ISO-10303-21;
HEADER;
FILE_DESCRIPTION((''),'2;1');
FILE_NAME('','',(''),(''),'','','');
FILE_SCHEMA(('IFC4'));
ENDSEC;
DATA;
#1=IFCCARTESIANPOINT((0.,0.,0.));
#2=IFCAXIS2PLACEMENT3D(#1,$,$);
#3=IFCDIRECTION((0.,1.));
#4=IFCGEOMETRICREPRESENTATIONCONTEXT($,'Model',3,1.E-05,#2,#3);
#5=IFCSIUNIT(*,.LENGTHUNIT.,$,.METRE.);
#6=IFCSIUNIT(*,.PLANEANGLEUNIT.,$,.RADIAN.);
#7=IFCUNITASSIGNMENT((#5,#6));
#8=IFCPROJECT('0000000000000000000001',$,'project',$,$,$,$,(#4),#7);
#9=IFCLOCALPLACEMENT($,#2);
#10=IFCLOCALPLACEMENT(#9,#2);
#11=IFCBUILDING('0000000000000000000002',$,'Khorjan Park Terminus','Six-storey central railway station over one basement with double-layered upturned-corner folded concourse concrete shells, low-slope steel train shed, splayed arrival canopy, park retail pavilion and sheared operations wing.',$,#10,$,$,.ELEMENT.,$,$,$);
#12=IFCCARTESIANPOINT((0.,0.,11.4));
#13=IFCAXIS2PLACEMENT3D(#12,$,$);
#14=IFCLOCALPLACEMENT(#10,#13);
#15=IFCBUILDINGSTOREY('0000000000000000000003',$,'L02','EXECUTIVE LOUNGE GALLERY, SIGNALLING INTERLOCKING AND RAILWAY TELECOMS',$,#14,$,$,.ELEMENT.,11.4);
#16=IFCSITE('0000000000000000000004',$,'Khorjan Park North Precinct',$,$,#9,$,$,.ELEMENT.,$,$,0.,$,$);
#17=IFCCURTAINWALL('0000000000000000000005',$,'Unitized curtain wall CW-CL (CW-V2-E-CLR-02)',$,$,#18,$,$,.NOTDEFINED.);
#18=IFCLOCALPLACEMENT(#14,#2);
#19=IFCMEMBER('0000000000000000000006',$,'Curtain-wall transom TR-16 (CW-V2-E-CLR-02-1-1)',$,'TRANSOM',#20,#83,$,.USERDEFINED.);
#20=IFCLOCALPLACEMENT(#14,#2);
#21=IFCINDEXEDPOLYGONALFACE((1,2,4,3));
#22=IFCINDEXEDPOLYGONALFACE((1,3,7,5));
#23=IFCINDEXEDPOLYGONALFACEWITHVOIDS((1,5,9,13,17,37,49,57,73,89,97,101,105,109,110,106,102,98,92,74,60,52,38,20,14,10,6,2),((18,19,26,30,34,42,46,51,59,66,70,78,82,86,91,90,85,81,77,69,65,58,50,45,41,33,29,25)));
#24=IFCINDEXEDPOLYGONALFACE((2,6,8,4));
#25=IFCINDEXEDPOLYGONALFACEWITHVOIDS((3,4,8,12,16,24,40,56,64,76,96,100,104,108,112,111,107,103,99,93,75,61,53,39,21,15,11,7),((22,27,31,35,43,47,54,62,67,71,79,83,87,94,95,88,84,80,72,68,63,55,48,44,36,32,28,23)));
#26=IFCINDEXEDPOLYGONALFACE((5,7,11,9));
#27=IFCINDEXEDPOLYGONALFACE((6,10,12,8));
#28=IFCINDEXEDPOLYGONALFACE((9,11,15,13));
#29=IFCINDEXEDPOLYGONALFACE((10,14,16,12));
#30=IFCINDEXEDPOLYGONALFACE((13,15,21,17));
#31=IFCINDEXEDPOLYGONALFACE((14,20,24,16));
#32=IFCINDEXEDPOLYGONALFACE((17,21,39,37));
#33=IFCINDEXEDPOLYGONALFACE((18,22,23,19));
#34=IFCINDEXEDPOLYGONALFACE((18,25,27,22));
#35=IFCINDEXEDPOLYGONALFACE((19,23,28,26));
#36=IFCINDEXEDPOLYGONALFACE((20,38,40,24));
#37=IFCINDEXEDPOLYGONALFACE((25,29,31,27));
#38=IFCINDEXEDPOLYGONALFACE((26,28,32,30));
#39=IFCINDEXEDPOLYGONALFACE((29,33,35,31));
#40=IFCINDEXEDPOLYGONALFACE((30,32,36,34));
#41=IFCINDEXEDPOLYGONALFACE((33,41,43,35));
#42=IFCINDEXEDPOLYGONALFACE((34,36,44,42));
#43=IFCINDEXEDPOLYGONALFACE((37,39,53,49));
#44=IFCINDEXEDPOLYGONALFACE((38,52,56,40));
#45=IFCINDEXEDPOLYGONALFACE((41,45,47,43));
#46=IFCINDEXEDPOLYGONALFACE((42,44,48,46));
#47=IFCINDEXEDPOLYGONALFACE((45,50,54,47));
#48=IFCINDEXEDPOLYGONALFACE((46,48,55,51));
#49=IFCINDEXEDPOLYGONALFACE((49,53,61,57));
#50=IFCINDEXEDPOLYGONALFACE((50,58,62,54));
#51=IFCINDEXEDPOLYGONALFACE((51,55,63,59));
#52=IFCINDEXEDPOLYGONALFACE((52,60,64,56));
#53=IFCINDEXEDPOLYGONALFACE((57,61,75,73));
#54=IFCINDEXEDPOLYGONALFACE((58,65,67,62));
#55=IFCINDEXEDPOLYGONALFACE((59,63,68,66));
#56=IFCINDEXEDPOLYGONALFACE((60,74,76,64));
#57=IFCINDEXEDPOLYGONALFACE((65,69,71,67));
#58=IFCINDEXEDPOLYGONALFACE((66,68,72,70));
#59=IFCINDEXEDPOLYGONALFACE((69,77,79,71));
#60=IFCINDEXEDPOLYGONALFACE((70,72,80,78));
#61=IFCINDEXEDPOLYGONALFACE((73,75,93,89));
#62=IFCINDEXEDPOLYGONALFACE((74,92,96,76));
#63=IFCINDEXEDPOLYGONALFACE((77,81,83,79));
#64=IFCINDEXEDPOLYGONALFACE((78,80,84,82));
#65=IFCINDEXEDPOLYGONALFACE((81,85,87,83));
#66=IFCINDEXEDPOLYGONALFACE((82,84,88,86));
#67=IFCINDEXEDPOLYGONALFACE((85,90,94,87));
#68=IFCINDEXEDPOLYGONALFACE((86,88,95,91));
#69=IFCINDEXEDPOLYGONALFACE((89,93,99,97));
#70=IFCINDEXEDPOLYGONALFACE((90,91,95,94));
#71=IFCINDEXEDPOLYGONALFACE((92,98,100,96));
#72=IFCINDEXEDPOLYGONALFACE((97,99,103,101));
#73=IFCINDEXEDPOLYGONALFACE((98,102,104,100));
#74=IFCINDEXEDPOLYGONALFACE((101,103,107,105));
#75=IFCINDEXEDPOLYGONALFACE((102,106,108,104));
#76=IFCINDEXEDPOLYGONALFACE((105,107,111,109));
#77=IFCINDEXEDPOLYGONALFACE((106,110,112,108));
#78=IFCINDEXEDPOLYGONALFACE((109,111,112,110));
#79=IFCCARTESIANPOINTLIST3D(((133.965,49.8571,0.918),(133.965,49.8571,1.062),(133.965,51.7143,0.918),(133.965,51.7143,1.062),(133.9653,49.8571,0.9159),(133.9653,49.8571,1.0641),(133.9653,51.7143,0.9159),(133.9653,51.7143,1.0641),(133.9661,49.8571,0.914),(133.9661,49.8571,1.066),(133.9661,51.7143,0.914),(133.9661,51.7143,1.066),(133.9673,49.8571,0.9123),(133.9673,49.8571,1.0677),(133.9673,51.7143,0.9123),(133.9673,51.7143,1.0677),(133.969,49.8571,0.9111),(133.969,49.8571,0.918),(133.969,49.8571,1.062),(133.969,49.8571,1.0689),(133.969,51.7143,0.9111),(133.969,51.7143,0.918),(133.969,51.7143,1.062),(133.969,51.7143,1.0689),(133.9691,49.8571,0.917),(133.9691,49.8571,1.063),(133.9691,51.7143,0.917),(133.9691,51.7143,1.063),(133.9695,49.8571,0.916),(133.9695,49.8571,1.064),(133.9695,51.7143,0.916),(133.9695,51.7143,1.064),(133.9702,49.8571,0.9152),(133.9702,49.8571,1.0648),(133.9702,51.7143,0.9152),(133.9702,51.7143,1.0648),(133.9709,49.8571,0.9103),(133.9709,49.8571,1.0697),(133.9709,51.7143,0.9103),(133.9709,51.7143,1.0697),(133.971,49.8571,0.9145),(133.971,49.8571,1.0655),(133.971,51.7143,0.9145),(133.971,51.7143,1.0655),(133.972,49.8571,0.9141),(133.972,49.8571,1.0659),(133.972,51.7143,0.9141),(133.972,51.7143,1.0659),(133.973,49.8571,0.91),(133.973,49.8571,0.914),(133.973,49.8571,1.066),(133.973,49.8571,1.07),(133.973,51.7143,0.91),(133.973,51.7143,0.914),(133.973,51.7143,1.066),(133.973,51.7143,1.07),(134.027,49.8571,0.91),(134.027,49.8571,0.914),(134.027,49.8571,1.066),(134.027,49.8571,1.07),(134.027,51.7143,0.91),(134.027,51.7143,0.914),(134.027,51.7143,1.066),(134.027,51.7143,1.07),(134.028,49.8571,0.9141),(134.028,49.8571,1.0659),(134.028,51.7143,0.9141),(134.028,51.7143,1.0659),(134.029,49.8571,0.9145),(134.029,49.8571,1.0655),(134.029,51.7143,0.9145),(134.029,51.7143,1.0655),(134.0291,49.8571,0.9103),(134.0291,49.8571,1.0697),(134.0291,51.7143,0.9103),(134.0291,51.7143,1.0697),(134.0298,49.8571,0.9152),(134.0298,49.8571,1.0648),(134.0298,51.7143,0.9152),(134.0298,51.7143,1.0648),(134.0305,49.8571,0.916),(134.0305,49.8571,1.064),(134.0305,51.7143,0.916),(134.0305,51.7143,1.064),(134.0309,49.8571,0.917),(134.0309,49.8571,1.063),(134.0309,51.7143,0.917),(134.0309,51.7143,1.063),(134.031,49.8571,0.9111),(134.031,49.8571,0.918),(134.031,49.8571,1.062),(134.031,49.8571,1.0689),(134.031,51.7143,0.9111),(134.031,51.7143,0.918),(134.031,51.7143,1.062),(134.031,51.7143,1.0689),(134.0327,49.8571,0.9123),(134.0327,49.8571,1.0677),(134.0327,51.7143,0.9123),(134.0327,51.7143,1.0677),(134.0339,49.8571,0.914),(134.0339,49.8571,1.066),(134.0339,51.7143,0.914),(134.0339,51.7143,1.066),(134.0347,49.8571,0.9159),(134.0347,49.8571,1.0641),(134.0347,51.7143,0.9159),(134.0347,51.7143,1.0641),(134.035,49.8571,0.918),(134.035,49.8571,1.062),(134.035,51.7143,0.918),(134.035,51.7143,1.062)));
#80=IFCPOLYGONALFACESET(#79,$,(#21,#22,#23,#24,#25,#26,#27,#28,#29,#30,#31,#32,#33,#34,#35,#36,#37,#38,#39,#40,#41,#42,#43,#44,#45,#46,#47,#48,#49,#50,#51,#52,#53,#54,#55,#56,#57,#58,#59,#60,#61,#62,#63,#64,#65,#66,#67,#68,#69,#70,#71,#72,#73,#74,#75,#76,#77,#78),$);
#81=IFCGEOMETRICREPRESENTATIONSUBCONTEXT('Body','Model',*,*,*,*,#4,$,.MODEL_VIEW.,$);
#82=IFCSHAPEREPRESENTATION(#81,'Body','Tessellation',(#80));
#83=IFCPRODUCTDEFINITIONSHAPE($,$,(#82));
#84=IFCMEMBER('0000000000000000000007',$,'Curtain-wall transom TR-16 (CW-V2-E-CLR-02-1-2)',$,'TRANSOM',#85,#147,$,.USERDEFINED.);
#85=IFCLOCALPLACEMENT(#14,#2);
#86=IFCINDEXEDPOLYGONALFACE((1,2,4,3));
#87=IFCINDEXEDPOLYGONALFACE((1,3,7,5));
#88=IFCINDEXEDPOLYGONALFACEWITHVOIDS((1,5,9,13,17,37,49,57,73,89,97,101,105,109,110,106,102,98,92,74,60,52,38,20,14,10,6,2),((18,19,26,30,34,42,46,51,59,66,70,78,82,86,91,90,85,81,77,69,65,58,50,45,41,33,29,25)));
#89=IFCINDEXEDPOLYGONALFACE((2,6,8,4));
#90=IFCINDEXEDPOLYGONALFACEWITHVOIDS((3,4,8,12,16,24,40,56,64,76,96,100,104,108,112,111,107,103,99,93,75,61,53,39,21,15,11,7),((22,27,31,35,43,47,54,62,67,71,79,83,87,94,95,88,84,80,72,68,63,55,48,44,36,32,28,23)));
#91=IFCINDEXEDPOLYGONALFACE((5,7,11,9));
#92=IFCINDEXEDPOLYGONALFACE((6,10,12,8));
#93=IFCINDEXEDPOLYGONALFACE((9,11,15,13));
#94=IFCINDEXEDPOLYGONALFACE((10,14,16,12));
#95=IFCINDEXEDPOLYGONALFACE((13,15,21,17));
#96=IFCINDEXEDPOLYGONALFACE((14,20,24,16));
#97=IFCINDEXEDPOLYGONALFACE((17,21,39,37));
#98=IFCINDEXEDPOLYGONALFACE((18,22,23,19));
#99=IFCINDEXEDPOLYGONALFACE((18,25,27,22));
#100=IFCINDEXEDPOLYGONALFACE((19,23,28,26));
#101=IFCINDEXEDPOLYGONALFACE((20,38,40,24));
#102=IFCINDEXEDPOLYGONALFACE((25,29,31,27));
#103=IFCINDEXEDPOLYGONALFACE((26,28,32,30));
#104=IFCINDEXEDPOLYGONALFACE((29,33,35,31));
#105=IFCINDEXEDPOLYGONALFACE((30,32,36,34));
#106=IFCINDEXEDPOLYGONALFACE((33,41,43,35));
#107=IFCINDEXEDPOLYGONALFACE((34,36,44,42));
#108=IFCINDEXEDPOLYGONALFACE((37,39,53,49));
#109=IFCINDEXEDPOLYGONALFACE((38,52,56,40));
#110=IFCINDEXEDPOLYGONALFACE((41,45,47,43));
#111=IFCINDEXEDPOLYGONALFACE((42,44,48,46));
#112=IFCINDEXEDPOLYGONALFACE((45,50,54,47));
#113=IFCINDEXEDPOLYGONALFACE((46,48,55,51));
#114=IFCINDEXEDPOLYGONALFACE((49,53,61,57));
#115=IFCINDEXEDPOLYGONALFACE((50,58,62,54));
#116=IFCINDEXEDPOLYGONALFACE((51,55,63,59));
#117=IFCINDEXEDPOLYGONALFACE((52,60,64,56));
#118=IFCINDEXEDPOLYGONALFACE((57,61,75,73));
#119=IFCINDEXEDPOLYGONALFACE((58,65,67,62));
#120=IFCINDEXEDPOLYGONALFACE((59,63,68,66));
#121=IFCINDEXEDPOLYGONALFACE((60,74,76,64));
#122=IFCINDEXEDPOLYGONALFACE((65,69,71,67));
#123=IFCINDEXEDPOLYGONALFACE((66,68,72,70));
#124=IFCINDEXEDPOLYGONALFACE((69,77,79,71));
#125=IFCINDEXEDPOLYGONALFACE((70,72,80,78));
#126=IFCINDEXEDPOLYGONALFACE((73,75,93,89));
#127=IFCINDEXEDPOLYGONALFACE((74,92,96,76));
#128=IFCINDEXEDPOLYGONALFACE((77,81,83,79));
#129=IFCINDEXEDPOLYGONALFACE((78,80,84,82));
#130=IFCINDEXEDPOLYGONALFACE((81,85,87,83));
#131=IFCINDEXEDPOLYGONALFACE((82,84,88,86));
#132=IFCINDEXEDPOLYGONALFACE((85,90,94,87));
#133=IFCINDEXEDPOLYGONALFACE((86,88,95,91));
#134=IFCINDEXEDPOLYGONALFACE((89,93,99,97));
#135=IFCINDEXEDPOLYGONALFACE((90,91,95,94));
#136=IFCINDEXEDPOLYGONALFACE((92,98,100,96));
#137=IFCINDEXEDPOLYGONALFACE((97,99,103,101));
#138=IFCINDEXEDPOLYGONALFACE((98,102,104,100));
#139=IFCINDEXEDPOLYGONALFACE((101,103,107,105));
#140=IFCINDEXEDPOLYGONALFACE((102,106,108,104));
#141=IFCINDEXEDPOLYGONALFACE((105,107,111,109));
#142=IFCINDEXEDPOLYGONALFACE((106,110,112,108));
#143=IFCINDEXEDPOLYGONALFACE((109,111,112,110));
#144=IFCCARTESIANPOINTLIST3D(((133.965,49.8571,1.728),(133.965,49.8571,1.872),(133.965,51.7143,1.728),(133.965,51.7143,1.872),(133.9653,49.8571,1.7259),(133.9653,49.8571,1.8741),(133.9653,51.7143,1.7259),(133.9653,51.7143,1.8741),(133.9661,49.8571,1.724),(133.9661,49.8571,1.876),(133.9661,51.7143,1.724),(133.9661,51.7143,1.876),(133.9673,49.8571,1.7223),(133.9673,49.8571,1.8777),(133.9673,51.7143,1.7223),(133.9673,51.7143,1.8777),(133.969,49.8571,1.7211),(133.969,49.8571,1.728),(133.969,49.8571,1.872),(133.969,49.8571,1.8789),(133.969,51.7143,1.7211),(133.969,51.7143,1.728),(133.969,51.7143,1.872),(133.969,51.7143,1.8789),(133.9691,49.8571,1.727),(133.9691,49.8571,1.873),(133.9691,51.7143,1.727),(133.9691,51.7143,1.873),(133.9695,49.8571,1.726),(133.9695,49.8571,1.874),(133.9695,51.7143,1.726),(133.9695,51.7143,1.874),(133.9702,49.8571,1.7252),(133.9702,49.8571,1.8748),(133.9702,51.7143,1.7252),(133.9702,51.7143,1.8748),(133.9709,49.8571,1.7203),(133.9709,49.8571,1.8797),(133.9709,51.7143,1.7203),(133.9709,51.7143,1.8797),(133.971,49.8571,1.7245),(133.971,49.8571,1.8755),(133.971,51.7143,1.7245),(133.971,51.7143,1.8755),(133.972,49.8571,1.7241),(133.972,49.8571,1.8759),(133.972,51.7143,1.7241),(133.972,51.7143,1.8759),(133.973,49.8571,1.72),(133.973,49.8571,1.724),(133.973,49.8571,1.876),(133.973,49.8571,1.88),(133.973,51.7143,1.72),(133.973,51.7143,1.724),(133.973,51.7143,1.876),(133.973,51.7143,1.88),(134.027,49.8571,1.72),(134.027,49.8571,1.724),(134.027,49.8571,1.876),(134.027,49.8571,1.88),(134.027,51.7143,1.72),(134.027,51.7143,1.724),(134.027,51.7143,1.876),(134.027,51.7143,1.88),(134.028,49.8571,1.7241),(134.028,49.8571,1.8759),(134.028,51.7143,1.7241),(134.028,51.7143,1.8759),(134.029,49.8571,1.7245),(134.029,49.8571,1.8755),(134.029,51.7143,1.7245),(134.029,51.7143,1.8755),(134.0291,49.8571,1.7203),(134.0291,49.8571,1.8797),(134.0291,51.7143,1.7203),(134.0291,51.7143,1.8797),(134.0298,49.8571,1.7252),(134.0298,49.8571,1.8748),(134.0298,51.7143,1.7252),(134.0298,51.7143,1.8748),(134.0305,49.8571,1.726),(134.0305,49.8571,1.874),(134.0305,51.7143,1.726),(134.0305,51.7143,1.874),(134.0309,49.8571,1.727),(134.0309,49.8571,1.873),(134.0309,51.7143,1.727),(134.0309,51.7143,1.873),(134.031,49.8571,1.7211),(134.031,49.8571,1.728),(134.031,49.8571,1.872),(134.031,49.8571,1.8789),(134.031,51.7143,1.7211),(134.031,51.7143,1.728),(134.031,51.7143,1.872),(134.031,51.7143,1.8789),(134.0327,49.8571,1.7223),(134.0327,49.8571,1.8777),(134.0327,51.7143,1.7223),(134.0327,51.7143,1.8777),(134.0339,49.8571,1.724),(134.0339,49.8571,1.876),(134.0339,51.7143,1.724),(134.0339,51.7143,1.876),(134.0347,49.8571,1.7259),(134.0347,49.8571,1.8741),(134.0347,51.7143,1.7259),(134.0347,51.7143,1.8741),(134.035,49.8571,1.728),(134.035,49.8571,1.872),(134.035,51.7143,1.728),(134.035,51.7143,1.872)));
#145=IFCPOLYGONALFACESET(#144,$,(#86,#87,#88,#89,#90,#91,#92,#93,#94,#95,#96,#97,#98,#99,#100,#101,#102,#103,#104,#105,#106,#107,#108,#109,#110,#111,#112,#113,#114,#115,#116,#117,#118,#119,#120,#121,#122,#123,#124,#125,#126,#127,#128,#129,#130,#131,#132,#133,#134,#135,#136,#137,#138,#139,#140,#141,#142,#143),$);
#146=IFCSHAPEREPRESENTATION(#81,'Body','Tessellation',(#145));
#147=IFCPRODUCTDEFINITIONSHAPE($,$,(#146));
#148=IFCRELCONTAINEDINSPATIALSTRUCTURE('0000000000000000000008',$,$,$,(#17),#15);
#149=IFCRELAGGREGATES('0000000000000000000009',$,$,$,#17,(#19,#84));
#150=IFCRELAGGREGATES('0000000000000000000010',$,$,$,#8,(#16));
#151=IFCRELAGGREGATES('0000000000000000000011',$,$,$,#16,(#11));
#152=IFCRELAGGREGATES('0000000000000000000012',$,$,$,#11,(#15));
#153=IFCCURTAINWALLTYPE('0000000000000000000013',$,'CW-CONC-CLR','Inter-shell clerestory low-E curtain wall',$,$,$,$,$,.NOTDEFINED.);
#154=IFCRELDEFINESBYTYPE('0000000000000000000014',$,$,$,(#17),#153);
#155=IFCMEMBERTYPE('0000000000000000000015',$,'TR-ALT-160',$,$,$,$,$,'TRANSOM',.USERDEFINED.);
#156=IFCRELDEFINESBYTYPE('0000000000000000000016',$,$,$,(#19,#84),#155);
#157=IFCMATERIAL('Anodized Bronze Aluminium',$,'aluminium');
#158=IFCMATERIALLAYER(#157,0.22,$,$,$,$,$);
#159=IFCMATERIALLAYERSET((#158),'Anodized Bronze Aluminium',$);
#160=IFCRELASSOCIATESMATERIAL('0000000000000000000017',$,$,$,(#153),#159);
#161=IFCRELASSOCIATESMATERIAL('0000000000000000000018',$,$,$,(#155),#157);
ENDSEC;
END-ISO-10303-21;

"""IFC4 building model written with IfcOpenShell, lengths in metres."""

from ifc_helpers import new_model, si_unit, direction, frame, origin, origin_2d, place, context, subcontext, project, spatial, hollow_rectangle, extrude, material, layer, layer_set, material_profile, profile_set, type_object, element, aggregate, save


model = new_model("IFC4")

# Units and contexts
model_context = context("Model", 3, precision=1e-05, world=origin(), true_north=direction((0.0, 1.0)))
body_context = subcontext(model_context, "Body", "Model", "MODEL_VIEW")
ifc_project = project(units=[si_unit("LENGTHUNIT", "METRE"), si_unit("PLANEANGLEUNIT", "RADIAN")], contexts=[model_context])

# Site, building, storey
site_placement = place(None, origin())
site = spatial("IfcSite", under=ifc_project, at=site_placement, Name="Khorjan Park North Precinct", CompositionType="ELEMENT", RefElevation=0.0)
building_placement = place(site_placement, origin())
building = spatial("IfcBuilding", under=site, at=building_placement, Name="Khorjan Park Terminus", Description="Six-storey central railway station over one basement with double-layered upturned-corner folded concourse concrete shells, low-slope steel train shed, splayed arrival canopy, park retail pavilion and sheared operations wing.", CompositionType="ELEMENT")
storey_placement = place(building_placement, frame((0.0, 0.0, 11.4)))
storey = spatial("IfcBuildingStorey", under=building, at=storey_placement, Name="L02", Description="EXECUTIVE LOUNGE GALLERY, SIGNALLING INTERLOCKING AND RAILWAY TELECOMS", CompositionType="ELEMENT", Elevation=11.4)

# Shared definitions
ifc_material_1 = material(Name="Anodized Bronze Aluminium", Category="aluminium")
ifc_layer_1 = layer(ifc_material_1, 0.22)
ifc_layer_set_1 = layer_set([ifc_layer_1], Name="Anodized Bronze Aluminium")
curtain_wall_type = type_object("IfcCurtainWallType", Name="CW-CONC-CLR", Description="Inter-shell clerestory low-E curtain wall", PredefinedType="NOTDEFINED", material=ifc_layer_set_1)

# Curtain wall, members
curtain_wall_1_placement = place(storey_placement, origin())
curtain_wall_1 = element("IfcCurtainWall", 1, at=curtain_wall_1_placement, inside=storey, type_object=curtain_wall_type, Name="Unitized curtain wall CW-CL (CW-V2-E-CLR-02)", PredefinedType="NOTDEFINED")
ifc_material_profile_1 = material_profile(ifc_material_1, hollow_rectangle(XDim=0.07, YDim=0.16, WallThickness=0.004, InnerFilletRadius=0.004, OuterFilletRadius=0.008, at=origin_2d()), Name="ALT 70x160x4")
ifc_profile_set_1 = profile_set([ifc_material_profile_1], Name="Anodized Bronze Aluminium")
member_type_1 = type_object("IfcMemberType", Name="TR-ALT-160", ElementType="TRANSOM", PredefinedType="USERDEFINED", material=ifc_profile_set_1)
member_1_placement = place(storey_placement, frame((134.0, 49.8571, 0.99), z_axis=(0.0, 1.0, 0.0), x_axis=(-1.0, 0.0, 0.0)))
member_1 = element("IfcMember", 2, at=member_1_placement, type_object=member_type_1, Name="Curtain-wall transom TR-16 (CW-V2-E-CLR-02-1-1)", ObjectType="TRANSOM", PredefinedType="USERDEFINED", context=body_context, shape_type="SweptSolid", body=[
    extrude(hollow_rectangle(XDim=0.07, YDim=0.16, WallThickness=0.004, InnerFilletRadius=0.004, OuterFilletRadius=0.008, at=origin_2d()), origin(), (0.0, 0.0, 1.0), 1.8572),
])
member_2_placement = place(storey_placement, frame((134.0, 49.8571, 1.8), z_axis=(0.0, 1.0, 0.0), x_axis=(-1.0, 0.0, 0.0)))
member_2 = element("IfcMember", 3, at=member_2_placement, type_object=member_type_1, Name="Curtain-wall transom TR-16 (CW-V2-E-CLR-02-1-2)", ObjectType="TRANSOM", PredefinedType="USERDEFINED", context=body_context, shape_type="SweptSolid", body=[
    extrude(hollow_rectangle(XDim=0.07, YDim=0.16, WallThickness=0.004, InnerFilletRadius=0.004, OuterFilletRadius=0.008, at=origin_2d()), origin(), (0.0, 0.0, 1.0), 1.8572),
])

aggregate(curtain_wall_1, [member_1, member_2])

save(model, "model.ifc")
